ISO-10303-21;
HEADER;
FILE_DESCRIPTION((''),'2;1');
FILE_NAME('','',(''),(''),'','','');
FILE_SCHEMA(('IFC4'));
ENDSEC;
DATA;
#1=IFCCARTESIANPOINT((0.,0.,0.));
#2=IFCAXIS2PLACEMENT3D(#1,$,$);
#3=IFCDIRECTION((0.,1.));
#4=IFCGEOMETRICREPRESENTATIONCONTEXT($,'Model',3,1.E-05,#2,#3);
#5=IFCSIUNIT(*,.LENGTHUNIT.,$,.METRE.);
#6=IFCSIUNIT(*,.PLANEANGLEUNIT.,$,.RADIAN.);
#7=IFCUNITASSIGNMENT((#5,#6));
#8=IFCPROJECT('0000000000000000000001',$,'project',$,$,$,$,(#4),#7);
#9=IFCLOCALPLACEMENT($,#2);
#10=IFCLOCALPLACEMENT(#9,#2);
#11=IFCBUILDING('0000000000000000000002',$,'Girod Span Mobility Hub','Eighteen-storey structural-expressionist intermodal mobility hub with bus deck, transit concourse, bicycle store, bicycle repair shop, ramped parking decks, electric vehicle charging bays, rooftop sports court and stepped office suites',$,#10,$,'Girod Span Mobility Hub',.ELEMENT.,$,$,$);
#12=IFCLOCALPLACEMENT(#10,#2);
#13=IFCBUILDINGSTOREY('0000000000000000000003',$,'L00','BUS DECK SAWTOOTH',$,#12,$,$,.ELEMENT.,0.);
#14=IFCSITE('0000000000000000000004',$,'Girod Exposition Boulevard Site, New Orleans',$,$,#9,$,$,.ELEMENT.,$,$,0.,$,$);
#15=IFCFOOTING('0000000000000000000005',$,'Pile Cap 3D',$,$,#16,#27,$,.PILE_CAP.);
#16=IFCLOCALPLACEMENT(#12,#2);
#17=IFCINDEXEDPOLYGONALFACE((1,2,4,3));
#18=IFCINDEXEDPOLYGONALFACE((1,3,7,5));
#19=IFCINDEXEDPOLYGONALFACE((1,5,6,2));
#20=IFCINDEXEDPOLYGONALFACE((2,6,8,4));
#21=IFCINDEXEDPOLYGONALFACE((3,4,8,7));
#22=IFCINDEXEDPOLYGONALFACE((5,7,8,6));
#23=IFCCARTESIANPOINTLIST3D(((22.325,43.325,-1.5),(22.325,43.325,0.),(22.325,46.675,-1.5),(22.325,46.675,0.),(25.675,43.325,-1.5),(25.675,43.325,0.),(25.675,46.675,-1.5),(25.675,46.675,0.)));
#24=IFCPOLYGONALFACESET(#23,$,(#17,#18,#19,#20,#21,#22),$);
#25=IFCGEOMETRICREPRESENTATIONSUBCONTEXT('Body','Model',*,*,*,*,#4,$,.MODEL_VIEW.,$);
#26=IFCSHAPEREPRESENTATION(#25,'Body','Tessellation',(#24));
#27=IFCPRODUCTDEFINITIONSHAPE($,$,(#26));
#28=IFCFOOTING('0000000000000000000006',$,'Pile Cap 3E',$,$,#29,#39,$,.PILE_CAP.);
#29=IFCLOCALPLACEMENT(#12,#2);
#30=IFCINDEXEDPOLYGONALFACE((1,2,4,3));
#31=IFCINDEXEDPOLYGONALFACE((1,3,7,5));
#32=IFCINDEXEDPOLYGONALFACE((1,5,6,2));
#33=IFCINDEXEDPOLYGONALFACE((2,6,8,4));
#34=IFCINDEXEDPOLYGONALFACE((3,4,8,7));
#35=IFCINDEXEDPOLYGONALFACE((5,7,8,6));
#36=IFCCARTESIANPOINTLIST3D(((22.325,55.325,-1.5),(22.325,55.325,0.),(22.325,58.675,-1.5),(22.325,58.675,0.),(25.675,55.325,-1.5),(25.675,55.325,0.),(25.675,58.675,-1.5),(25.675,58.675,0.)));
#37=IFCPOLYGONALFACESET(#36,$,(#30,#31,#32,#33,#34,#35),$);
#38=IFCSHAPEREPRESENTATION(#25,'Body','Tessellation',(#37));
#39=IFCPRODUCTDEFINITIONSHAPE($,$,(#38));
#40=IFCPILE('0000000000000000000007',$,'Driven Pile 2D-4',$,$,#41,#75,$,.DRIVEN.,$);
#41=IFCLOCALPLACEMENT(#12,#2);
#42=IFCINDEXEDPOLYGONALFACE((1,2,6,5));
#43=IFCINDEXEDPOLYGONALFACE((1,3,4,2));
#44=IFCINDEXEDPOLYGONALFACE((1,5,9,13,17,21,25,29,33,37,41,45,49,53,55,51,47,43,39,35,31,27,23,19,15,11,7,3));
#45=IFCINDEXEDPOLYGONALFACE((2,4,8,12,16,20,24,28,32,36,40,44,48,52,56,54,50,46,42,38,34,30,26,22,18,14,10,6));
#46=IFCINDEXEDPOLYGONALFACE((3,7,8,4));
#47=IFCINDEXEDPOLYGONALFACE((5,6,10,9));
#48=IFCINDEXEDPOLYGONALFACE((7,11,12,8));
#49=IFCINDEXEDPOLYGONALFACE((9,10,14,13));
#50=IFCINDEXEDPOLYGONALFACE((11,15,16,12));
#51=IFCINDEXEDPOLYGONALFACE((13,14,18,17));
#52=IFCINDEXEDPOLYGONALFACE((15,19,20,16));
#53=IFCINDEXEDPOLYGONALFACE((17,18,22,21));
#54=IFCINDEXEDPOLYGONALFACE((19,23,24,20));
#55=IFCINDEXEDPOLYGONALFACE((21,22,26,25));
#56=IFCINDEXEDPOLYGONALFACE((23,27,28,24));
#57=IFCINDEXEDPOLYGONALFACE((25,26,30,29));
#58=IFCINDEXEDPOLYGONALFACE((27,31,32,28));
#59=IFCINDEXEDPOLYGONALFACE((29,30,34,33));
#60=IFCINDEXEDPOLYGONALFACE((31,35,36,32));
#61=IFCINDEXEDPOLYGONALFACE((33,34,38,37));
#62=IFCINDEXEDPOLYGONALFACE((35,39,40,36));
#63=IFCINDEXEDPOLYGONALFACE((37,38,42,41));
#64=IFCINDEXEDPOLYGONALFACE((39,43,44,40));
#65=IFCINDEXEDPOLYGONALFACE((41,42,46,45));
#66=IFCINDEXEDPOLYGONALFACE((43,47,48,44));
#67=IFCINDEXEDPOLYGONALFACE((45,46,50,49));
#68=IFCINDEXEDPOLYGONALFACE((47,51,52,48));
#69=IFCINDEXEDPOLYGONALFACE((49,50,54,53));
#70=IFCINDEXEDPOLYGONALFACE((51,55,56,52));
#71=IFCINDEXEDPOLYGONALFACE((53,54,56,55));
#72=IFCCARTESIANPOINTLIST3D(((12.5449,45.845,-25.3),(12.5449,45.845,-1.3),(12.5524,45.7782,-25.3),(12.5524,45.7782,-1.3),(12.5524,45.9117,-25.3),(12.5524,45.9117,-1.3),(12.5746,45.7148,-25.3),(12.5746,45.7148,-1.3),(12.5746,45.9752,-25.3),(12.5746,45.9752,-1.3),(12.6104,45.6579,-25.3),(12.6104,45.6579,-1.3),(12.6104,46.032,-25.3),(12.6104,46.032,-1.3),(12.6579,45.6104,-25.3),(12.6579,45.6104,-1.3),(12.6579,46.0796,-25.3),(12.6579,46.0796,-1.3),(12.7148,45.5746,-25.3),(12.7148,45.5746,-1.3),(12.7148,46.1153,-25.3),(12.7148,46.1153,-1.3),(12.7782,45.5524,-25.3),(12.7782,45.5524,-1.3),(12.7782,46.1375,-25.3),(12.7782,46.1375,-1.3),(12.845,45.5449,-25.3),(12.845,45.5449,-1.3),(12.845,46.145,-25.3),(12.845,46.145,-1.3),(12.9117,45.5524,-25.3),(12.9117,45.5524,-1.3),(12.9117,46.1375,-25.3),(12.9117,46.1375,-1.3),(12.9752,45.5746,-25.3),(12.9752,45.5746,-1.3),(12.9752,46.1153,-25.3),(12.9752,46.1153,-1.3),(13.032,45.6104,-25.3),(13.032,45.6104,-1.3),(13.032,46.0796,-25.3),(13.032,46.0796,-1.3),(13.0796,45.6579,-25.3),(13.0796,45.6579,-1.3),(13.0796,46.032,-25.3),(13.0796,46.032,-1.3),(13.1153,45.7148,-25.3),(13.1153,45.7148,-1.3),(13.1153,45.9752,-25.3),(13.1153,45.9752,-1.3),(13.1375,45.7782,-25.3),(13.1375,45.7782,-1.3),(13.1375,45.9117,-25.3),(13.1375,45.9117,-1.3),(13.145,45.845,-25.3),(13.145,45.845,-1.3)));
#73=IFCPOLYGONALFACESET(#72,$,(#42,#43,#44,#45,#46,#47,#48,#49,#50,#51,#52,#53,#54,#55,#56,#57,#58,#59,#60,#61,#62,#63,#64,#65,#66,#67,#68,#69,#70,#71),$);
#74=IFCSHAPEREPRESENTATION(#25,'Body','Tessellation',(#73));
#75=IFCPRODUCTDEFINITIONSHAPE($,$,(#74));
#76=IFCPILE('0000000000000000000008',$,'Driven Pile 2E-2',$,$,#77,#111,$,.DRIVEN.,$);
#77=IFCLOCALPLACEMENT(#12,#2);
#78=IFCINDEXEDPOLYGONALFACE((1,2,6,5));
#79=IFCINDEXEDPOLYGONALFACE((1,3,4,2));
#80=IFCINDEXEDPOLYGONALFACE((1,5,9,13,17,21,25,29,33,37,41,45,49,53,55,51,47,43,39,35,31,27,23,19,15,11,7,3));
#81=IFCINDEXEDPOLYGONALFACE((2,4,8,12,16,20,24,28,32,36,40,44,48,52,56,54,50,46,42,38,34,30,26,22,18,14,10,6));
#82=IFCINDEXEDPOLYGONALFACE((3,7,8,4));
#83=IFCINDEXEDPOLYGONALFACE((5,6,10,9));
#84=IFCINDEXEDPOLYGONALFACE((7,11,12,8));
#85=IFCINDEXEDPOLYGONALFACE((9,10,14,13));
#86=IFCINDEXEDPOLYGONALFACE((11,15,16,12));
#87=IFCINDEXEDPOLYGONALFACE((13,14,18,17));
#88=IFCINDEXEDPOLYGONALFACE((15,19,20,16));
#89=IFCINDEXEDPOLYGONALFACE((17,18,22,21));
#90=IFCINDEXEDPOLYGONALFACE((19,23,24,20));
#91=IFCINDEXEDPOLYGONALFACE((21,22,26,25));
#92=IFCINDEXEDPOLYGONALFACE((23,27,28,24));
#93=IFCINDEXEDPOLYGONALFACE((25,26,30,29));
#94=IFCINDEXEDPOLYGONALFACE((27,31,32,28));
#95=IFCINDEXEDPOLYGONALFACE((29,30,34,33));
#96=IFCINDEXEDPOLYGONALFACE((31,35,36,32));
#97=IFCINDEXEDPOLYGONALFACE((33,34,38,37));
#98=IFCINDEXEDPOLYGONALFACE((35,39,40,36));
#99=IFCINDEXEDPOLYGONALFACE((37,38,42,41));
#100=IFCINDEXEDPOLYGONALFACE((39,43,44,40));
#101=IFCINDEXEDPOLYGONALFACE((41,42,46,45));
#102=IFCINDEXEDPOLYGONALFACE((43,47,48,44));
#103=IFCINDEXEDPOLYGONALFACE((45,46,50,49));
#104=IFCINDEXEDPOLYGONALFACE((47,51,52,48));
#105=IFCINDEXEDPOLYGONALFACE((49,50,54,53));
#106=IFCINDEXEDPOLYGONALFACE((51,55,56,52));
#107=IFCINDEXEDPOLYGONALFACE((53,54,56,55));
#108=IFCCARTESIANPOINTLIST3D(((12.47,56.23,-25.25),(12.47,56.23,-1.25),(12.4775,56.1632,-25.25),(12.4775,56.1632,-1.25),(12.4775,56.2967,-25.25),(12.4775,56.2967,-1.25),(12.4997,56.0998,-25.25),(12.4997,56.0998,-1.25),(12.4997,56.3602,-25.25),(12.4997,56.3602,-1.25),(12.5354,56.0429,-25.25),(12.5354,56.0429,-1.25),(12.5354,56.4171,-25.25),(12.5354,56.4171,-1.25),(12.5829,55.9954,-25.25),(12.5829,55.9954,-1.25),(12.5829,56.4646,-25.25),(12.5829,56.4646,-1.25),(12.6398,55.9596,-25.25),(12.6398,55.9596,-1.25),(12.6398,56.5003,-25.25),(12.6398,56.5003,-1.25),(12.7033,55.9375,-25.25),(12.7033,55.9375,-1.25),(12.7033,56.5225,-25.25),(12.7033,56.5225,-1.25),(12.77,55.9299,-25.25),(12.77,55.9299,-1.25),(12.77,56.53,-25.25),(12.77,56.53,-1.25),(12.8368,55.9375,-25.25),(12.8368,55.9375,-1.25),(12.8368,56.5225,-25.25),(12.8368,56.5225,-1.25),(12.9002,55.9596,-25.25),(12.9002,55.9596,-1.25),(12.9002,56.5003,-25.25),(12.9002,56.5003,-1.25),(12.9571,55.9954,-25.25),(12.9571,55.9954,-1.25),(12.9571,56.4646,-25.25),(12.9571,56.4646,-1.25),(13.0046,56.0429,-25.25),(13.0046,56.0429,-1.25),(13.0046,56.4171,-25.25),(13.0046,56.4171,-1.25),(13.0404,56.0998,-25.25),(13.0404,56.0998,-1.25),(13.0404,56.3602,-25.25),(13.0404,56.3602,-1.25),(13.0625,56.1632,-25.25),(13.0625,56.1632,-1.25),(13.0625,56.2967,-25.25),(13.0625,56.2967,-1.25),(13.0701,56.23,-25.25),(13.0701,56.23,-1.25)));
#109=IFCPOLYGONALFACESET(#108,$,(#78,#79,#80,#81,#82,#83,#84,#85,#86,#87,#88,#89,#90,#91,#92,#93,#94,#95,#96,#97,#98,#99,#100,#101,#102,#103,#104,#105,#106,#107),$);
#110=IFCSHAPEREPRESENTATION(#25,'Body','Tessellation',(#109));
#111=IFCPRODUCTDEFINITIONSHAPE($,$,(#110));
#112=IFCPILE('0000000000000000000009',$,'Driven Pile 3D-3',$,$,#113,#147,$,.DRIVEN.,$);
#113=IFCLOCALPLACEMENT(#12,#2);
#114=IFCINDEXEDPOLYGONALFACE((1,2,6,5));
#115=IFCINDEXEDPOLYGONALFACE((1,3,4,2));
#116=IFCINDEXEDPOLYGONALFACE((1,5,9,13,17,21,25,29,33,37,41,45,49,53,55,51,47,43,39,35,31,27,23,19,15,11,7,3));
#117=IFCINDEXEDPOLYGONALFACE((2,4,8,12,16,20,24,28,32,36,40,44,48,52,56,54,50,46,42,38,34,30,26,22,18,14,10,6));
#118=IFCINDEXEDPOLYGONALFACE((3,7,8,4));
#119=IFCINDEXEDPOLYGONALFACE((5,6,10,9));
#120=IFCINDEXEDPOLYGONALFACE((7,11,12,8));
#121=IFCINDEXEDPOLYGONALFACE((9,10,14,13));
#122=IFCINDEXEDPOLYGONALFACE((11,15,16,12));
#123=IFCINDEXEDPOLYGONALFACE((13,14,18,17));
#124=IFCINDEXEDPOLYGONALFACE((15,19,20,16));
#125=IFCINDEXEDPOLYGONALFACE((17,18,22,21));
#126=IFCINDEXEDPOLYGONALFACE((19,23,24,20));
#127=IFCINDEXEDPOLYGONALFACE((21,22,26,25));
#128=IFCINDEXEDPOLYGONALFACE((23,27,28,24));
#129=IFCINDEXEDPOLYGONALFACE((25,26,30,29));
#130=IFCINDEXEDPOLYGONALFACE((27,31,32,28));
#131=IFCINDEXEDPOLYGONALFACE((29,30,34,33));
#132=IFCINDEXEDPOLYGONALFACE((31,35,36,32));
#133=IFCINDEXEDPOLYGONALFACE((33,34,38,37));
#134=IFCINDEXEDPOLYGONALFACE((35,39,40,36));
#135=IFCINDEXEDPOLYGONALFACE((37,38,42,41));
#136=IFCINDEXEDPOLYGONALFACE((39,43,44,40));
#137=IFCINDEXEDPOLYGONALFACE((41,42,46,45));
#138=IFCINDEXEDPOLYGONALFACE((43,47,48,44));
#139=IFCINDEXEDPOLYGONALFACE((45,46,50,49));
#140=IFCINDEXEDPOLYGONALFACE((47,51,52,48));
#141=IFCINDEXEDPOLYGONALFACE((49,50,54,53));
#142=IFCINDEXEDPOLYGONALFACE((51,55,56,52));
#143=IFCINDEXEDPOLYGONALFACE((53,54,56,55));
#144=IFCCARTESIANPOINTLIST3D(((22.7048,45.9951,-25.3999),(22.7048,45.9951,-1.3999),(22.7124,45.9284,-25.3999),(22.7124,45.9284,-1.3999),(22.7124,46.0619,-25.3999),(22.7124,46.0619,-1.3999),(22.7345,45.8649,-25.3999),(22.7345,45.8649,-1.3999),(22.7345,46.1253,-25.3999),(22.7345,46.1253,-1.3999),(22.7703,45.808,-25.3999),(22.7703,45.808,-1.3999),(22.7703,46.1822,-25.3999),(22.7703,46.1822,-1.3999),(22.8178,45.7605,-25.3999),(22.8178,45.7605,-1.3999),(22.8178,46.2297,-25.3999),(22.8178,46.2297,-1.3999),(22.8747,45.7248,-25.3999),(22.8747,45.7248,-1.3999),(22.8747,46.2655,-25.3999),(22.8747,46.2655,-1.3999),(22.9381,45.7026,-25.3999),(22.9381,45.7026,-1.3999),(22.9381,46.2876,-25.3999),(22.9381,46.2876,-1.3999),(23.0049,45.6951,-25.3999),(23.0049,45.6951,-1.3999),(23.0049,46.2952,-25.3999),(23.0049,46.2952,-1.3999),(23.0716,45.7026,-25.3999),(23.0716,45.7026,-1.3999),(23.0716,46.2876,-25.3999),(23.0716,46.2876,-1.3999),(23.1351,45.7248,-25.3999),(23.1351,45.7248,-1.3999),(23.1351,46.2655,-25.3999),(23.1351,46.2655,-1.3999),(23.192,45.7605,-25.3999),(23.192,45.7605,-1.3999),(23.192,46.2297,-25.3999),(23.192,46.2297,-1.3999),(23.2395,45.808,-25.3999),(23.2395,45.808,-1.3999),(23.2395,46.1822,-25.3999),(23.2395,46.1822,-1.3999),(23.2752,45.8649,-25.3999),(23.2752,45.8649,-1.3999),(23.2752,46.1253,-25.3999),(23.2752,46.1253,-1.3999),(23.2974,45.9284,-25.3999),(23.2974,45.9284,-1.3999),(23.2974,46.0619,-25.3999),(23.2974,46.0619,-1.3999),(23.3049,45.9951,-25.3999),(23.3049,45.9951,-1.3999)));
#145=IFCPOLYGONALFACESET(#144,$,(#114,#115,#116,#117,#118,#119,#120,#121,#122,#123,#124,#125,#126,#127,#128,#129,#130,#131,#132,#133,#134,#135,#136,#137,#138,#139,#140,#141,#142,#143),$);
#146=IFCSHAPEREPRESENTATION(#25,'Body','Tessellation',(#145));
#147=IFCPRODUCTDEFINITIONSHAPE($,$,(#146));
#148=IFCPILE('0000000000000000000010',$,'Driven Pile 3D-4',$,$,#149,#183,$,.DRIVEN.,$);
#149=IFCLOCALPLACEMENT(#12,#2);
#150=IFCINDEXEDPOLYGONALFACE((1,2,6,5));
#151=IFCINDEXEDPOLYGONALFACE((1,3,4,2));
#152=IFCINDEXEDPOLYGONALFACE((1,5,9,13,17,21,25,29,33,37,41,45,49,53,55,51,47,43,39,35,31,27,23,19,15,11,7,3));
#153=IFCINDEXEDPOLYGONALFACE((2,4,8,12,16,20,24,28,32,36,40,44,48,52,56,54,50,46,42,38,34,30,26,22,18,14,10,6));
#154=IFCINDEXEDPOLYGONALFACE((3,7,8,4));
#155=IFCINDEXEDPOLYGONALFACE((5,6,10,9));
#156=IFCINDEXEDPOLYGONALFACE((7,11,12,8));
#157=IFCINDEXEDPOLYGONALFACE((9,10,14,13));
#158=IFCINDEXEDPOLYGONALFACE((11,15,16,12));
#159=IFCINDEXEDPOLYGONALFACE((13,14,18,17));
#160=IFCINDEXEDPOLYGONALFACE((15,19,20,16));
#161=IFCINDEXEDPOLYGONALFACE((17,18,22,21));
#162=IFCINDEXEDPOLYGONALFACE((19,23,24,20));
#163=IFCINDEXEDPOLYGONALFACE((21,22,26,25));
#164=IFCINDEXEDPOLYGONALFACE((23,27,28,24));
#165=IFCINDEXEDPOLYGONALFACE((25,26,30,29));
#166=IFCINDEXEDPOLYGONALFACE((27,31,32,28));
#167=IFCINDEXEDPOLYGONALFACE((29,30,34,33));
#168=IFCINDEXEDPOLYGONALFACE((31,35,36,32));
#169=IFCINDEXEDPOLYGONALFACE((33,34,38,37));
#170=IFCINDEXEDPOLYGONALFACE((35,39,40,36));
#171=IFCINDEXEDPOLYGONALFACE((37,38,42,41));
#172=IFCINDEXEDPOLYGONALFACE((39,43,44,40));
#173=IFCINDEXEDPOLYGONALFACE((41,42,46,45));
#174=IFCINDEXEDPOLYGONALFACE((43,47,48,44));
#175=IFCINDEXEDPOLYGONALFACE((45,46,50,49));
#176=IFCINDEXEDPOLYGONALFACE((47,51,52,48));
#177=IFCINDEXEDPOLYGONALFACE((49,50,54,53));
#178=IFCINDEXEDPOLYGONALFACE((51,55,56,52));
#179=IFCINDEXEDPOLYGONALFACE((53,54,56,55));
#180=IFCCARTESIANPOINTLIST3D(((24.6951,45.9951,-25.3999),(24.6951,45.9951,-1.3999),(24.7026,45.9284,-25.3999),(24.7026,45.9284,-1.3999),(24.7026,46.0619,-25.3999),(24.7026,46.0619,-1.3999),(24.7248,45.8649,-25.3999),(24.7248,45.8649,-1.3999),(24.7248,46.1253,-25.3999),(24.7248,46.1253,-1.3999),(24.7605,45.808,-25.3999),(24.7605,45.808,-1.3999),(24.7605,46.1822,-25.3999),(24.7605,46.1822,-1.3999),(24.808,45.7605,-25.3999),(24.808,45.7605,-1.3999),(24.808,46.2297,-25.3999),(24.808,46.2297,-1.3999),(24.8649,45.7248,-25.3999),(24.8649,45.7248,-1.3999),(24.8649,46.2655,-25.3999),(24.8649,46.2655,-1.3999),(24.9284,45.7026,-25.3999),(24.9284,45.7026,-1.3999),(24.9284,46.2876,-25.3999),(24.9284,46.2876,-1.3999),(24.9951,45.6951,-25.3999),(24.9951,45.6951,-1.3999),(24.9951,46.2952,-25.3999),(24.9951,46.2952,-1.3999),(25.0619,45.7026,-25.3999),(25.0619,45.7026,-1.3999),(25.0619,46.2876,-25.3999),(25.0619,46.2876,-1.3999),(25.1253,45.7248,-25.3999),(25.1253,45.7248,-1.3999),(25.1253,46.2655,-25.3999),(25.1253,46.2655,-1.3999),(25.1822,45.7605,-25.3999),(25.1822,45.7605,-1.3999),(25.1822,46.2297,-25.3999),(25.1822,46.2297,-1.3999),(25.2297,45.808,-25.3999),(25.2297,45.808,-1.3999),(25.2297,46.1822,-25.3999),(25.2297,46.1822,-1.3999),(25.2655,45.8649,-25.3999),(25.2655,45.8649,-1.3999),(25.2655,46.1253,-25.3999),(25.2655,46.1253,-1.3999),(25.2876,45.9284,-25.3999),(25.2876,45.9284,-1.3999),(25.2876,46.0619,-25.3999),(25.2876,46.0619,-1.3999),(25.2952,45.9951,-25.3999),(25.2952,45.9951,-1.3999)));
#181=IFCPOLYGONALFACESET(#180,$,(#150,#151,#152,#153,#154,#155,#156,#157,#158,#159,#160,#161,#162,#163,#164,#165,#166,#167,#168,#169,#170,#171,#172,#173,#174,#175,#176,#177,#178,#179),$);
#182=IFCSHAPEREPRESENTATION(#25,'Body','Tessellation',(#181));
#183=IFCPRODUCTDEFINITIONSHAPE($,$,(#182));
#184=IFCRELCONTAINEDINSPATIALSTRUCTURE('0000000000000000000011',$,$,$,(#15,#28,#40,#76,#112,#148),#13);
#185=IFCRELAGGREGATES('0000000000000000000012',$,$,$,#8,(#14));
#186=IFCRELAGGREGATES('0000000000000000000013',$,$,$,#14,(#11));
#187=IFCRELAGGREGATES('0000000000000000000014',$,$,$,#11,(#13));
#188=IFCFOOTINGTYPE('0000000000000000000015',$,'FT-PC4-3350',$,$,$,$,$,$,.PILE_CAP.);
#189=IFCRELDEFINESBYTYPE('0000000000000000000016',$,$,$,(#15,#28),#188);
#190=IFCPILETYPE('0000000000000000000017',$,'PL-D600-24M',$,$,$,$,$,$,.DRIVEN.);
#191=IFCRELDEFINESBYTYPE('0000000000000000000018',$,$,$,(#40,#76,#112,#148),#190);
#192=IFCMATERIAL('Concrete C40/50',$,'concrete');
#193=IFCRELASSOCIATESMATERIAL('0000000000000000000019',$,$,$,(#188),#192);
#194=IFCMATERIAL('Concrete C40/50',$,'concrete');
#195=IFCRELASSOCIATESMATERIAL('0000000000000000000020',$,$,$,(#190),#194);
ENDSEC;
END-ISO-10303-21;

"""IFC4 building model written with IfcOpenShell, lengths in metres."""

from ifc_helpers import new_model, si_unit, direction, frame, origin, origin_2d, place, context, subcontext, project, spatial, rectangle, circle, extrude, material, material_profile, profile_set, type_object, element, save


model = new_model("IFC4")

# Units and contexts
model_context = context("Model", 3, precision=1e-05, world=origin(), true_north=direction((0.0, 1.0)))
body_context = subcontext(model_context, "Body", "Model", "MODEL_VIEW")
ifc_project = project(units=[si_unit("LENGTHUNIT", "METRE"), si_unit("PLANEANGLEUNIT", "RADIAN")], contexts=[model_context])

# Site, building, storey
site_placement = place(None, origin())
site = spatial("IfcSite", under=ifc_project, at=site_placement, Name="Girod Exposition Boulevard Site, New Orleans", CompositionType="ELEMENT", RefElevation=0.0)
building_placement = place(site_placement, origin())
building = spatial("IfcBuilding", under=site, at=building_placement, Name="Girod Span Mobility Hub", Description="Eighteen-storey structural-expressionist intermodal mobility hub with bus deck, transit concourse, bicycle store, bicycle repair shop, ramped parking decks, electric vehicle charging bays, rooftop sports court and stepped office suites", LongName="Girod Span Mobility Hub", CompositionType="ELEMENT")
storey_placement = place(building_placement, origin())
storey = spatial("IfcBuildingStorey", under=building, at=storey_placement, Name="L00", Description="BUS DECK SAWTOOTH", CompositionType="ELEMENT", Elevation=0.0)

# Footings
ifc_material_1 = material(Name="Concrete C40/50", Category="concrete")
footing_type = type_object("IfcFootingType", Name="FT-PC4-3350", PredefinedType="PILE_CAP", material=ifc_material_1)
for number, where, z_axis, x_axis, name in (
    (1, (24.0, 45.0, -1.5), (0.0, 0.0, 1.0), (1.0, 0.0, 0.0), "Pile Cap 3D"),
    (2, (24.0, 57.0, -1.5), (0.0, 0.0, 1.0), (1.0, 0.0, 0.0), "Pile Cap 3E"),
):
    element("IfcFooting", number, at=place(storey_placement, frame(where, z_axis=z_axis, x_axis=x_axis)), inside=storey, type_object=footing_type, Name=name, PredefinedType="PILE_CAP", context=body_context, shape_type="SweptSolid", body=[
        extrude(rectangle(XDim=3.3501, YDim=3.3501, at=origin_2d()), origin(), (0.0, 0.0, 1.0), 1.5),
    ])

# Piles
ifc_material_2 = material(Name="Concrete C40/50", Category="concrete")
ifc_material_profile_1 = material_profile(ifc_material_2, circle(Radius=0.3, at=origin_2d()), Name="PILE-D600")
ifc_profile_set_1 = profile_set([ifc_material_profile_1], Name="Concrete C40/50")
pile_type = type_object("IfcPileType", Name="PL-D600-24M", PredefinedType="DRIVEN", material=ifc_profile_set_1)
for number, where, z_axis, x_axis, name in (
    (3, (12.845, 45.845, -1.3), (0.0, 0.0, -1.0), (1.0, 0.0, 0.0), "Driven Pile 2D-4"),
    (4, (12.77, 56.23, -1.25), (0.0, 0.0, -1.0), (1.0, 0.0, 0.0), "Driven Pile 2E-2"),
    (5, (23.0049, 45.9951, -1.3999), (0.0, 0.0, -1.0), (1.0, 0.0, 0.0), "Driven Pile 3D-3"),
    (6, (24.9951, 45.9951, -1.3999), (0.0, 0.0, -1.0), (1.0, 0.0, 0.0), "Driven Pile 3D-4"),
):
    element("IfcPile", number, at=place(storey_placement, frame(where, z_axis=z_axis, x_axis=x_axis)), inside=storey, type_object=pile_type, Name=name, PredefinedType="DRIVEN", context=body_context, shape_type="SweptSolid", body=[
        extrude(circle(Radius=0.3, at=origin_2d()), origin(), (0.0, 0.0, 1.0), 24.0),
    ])

save(model, "model.ifc")
